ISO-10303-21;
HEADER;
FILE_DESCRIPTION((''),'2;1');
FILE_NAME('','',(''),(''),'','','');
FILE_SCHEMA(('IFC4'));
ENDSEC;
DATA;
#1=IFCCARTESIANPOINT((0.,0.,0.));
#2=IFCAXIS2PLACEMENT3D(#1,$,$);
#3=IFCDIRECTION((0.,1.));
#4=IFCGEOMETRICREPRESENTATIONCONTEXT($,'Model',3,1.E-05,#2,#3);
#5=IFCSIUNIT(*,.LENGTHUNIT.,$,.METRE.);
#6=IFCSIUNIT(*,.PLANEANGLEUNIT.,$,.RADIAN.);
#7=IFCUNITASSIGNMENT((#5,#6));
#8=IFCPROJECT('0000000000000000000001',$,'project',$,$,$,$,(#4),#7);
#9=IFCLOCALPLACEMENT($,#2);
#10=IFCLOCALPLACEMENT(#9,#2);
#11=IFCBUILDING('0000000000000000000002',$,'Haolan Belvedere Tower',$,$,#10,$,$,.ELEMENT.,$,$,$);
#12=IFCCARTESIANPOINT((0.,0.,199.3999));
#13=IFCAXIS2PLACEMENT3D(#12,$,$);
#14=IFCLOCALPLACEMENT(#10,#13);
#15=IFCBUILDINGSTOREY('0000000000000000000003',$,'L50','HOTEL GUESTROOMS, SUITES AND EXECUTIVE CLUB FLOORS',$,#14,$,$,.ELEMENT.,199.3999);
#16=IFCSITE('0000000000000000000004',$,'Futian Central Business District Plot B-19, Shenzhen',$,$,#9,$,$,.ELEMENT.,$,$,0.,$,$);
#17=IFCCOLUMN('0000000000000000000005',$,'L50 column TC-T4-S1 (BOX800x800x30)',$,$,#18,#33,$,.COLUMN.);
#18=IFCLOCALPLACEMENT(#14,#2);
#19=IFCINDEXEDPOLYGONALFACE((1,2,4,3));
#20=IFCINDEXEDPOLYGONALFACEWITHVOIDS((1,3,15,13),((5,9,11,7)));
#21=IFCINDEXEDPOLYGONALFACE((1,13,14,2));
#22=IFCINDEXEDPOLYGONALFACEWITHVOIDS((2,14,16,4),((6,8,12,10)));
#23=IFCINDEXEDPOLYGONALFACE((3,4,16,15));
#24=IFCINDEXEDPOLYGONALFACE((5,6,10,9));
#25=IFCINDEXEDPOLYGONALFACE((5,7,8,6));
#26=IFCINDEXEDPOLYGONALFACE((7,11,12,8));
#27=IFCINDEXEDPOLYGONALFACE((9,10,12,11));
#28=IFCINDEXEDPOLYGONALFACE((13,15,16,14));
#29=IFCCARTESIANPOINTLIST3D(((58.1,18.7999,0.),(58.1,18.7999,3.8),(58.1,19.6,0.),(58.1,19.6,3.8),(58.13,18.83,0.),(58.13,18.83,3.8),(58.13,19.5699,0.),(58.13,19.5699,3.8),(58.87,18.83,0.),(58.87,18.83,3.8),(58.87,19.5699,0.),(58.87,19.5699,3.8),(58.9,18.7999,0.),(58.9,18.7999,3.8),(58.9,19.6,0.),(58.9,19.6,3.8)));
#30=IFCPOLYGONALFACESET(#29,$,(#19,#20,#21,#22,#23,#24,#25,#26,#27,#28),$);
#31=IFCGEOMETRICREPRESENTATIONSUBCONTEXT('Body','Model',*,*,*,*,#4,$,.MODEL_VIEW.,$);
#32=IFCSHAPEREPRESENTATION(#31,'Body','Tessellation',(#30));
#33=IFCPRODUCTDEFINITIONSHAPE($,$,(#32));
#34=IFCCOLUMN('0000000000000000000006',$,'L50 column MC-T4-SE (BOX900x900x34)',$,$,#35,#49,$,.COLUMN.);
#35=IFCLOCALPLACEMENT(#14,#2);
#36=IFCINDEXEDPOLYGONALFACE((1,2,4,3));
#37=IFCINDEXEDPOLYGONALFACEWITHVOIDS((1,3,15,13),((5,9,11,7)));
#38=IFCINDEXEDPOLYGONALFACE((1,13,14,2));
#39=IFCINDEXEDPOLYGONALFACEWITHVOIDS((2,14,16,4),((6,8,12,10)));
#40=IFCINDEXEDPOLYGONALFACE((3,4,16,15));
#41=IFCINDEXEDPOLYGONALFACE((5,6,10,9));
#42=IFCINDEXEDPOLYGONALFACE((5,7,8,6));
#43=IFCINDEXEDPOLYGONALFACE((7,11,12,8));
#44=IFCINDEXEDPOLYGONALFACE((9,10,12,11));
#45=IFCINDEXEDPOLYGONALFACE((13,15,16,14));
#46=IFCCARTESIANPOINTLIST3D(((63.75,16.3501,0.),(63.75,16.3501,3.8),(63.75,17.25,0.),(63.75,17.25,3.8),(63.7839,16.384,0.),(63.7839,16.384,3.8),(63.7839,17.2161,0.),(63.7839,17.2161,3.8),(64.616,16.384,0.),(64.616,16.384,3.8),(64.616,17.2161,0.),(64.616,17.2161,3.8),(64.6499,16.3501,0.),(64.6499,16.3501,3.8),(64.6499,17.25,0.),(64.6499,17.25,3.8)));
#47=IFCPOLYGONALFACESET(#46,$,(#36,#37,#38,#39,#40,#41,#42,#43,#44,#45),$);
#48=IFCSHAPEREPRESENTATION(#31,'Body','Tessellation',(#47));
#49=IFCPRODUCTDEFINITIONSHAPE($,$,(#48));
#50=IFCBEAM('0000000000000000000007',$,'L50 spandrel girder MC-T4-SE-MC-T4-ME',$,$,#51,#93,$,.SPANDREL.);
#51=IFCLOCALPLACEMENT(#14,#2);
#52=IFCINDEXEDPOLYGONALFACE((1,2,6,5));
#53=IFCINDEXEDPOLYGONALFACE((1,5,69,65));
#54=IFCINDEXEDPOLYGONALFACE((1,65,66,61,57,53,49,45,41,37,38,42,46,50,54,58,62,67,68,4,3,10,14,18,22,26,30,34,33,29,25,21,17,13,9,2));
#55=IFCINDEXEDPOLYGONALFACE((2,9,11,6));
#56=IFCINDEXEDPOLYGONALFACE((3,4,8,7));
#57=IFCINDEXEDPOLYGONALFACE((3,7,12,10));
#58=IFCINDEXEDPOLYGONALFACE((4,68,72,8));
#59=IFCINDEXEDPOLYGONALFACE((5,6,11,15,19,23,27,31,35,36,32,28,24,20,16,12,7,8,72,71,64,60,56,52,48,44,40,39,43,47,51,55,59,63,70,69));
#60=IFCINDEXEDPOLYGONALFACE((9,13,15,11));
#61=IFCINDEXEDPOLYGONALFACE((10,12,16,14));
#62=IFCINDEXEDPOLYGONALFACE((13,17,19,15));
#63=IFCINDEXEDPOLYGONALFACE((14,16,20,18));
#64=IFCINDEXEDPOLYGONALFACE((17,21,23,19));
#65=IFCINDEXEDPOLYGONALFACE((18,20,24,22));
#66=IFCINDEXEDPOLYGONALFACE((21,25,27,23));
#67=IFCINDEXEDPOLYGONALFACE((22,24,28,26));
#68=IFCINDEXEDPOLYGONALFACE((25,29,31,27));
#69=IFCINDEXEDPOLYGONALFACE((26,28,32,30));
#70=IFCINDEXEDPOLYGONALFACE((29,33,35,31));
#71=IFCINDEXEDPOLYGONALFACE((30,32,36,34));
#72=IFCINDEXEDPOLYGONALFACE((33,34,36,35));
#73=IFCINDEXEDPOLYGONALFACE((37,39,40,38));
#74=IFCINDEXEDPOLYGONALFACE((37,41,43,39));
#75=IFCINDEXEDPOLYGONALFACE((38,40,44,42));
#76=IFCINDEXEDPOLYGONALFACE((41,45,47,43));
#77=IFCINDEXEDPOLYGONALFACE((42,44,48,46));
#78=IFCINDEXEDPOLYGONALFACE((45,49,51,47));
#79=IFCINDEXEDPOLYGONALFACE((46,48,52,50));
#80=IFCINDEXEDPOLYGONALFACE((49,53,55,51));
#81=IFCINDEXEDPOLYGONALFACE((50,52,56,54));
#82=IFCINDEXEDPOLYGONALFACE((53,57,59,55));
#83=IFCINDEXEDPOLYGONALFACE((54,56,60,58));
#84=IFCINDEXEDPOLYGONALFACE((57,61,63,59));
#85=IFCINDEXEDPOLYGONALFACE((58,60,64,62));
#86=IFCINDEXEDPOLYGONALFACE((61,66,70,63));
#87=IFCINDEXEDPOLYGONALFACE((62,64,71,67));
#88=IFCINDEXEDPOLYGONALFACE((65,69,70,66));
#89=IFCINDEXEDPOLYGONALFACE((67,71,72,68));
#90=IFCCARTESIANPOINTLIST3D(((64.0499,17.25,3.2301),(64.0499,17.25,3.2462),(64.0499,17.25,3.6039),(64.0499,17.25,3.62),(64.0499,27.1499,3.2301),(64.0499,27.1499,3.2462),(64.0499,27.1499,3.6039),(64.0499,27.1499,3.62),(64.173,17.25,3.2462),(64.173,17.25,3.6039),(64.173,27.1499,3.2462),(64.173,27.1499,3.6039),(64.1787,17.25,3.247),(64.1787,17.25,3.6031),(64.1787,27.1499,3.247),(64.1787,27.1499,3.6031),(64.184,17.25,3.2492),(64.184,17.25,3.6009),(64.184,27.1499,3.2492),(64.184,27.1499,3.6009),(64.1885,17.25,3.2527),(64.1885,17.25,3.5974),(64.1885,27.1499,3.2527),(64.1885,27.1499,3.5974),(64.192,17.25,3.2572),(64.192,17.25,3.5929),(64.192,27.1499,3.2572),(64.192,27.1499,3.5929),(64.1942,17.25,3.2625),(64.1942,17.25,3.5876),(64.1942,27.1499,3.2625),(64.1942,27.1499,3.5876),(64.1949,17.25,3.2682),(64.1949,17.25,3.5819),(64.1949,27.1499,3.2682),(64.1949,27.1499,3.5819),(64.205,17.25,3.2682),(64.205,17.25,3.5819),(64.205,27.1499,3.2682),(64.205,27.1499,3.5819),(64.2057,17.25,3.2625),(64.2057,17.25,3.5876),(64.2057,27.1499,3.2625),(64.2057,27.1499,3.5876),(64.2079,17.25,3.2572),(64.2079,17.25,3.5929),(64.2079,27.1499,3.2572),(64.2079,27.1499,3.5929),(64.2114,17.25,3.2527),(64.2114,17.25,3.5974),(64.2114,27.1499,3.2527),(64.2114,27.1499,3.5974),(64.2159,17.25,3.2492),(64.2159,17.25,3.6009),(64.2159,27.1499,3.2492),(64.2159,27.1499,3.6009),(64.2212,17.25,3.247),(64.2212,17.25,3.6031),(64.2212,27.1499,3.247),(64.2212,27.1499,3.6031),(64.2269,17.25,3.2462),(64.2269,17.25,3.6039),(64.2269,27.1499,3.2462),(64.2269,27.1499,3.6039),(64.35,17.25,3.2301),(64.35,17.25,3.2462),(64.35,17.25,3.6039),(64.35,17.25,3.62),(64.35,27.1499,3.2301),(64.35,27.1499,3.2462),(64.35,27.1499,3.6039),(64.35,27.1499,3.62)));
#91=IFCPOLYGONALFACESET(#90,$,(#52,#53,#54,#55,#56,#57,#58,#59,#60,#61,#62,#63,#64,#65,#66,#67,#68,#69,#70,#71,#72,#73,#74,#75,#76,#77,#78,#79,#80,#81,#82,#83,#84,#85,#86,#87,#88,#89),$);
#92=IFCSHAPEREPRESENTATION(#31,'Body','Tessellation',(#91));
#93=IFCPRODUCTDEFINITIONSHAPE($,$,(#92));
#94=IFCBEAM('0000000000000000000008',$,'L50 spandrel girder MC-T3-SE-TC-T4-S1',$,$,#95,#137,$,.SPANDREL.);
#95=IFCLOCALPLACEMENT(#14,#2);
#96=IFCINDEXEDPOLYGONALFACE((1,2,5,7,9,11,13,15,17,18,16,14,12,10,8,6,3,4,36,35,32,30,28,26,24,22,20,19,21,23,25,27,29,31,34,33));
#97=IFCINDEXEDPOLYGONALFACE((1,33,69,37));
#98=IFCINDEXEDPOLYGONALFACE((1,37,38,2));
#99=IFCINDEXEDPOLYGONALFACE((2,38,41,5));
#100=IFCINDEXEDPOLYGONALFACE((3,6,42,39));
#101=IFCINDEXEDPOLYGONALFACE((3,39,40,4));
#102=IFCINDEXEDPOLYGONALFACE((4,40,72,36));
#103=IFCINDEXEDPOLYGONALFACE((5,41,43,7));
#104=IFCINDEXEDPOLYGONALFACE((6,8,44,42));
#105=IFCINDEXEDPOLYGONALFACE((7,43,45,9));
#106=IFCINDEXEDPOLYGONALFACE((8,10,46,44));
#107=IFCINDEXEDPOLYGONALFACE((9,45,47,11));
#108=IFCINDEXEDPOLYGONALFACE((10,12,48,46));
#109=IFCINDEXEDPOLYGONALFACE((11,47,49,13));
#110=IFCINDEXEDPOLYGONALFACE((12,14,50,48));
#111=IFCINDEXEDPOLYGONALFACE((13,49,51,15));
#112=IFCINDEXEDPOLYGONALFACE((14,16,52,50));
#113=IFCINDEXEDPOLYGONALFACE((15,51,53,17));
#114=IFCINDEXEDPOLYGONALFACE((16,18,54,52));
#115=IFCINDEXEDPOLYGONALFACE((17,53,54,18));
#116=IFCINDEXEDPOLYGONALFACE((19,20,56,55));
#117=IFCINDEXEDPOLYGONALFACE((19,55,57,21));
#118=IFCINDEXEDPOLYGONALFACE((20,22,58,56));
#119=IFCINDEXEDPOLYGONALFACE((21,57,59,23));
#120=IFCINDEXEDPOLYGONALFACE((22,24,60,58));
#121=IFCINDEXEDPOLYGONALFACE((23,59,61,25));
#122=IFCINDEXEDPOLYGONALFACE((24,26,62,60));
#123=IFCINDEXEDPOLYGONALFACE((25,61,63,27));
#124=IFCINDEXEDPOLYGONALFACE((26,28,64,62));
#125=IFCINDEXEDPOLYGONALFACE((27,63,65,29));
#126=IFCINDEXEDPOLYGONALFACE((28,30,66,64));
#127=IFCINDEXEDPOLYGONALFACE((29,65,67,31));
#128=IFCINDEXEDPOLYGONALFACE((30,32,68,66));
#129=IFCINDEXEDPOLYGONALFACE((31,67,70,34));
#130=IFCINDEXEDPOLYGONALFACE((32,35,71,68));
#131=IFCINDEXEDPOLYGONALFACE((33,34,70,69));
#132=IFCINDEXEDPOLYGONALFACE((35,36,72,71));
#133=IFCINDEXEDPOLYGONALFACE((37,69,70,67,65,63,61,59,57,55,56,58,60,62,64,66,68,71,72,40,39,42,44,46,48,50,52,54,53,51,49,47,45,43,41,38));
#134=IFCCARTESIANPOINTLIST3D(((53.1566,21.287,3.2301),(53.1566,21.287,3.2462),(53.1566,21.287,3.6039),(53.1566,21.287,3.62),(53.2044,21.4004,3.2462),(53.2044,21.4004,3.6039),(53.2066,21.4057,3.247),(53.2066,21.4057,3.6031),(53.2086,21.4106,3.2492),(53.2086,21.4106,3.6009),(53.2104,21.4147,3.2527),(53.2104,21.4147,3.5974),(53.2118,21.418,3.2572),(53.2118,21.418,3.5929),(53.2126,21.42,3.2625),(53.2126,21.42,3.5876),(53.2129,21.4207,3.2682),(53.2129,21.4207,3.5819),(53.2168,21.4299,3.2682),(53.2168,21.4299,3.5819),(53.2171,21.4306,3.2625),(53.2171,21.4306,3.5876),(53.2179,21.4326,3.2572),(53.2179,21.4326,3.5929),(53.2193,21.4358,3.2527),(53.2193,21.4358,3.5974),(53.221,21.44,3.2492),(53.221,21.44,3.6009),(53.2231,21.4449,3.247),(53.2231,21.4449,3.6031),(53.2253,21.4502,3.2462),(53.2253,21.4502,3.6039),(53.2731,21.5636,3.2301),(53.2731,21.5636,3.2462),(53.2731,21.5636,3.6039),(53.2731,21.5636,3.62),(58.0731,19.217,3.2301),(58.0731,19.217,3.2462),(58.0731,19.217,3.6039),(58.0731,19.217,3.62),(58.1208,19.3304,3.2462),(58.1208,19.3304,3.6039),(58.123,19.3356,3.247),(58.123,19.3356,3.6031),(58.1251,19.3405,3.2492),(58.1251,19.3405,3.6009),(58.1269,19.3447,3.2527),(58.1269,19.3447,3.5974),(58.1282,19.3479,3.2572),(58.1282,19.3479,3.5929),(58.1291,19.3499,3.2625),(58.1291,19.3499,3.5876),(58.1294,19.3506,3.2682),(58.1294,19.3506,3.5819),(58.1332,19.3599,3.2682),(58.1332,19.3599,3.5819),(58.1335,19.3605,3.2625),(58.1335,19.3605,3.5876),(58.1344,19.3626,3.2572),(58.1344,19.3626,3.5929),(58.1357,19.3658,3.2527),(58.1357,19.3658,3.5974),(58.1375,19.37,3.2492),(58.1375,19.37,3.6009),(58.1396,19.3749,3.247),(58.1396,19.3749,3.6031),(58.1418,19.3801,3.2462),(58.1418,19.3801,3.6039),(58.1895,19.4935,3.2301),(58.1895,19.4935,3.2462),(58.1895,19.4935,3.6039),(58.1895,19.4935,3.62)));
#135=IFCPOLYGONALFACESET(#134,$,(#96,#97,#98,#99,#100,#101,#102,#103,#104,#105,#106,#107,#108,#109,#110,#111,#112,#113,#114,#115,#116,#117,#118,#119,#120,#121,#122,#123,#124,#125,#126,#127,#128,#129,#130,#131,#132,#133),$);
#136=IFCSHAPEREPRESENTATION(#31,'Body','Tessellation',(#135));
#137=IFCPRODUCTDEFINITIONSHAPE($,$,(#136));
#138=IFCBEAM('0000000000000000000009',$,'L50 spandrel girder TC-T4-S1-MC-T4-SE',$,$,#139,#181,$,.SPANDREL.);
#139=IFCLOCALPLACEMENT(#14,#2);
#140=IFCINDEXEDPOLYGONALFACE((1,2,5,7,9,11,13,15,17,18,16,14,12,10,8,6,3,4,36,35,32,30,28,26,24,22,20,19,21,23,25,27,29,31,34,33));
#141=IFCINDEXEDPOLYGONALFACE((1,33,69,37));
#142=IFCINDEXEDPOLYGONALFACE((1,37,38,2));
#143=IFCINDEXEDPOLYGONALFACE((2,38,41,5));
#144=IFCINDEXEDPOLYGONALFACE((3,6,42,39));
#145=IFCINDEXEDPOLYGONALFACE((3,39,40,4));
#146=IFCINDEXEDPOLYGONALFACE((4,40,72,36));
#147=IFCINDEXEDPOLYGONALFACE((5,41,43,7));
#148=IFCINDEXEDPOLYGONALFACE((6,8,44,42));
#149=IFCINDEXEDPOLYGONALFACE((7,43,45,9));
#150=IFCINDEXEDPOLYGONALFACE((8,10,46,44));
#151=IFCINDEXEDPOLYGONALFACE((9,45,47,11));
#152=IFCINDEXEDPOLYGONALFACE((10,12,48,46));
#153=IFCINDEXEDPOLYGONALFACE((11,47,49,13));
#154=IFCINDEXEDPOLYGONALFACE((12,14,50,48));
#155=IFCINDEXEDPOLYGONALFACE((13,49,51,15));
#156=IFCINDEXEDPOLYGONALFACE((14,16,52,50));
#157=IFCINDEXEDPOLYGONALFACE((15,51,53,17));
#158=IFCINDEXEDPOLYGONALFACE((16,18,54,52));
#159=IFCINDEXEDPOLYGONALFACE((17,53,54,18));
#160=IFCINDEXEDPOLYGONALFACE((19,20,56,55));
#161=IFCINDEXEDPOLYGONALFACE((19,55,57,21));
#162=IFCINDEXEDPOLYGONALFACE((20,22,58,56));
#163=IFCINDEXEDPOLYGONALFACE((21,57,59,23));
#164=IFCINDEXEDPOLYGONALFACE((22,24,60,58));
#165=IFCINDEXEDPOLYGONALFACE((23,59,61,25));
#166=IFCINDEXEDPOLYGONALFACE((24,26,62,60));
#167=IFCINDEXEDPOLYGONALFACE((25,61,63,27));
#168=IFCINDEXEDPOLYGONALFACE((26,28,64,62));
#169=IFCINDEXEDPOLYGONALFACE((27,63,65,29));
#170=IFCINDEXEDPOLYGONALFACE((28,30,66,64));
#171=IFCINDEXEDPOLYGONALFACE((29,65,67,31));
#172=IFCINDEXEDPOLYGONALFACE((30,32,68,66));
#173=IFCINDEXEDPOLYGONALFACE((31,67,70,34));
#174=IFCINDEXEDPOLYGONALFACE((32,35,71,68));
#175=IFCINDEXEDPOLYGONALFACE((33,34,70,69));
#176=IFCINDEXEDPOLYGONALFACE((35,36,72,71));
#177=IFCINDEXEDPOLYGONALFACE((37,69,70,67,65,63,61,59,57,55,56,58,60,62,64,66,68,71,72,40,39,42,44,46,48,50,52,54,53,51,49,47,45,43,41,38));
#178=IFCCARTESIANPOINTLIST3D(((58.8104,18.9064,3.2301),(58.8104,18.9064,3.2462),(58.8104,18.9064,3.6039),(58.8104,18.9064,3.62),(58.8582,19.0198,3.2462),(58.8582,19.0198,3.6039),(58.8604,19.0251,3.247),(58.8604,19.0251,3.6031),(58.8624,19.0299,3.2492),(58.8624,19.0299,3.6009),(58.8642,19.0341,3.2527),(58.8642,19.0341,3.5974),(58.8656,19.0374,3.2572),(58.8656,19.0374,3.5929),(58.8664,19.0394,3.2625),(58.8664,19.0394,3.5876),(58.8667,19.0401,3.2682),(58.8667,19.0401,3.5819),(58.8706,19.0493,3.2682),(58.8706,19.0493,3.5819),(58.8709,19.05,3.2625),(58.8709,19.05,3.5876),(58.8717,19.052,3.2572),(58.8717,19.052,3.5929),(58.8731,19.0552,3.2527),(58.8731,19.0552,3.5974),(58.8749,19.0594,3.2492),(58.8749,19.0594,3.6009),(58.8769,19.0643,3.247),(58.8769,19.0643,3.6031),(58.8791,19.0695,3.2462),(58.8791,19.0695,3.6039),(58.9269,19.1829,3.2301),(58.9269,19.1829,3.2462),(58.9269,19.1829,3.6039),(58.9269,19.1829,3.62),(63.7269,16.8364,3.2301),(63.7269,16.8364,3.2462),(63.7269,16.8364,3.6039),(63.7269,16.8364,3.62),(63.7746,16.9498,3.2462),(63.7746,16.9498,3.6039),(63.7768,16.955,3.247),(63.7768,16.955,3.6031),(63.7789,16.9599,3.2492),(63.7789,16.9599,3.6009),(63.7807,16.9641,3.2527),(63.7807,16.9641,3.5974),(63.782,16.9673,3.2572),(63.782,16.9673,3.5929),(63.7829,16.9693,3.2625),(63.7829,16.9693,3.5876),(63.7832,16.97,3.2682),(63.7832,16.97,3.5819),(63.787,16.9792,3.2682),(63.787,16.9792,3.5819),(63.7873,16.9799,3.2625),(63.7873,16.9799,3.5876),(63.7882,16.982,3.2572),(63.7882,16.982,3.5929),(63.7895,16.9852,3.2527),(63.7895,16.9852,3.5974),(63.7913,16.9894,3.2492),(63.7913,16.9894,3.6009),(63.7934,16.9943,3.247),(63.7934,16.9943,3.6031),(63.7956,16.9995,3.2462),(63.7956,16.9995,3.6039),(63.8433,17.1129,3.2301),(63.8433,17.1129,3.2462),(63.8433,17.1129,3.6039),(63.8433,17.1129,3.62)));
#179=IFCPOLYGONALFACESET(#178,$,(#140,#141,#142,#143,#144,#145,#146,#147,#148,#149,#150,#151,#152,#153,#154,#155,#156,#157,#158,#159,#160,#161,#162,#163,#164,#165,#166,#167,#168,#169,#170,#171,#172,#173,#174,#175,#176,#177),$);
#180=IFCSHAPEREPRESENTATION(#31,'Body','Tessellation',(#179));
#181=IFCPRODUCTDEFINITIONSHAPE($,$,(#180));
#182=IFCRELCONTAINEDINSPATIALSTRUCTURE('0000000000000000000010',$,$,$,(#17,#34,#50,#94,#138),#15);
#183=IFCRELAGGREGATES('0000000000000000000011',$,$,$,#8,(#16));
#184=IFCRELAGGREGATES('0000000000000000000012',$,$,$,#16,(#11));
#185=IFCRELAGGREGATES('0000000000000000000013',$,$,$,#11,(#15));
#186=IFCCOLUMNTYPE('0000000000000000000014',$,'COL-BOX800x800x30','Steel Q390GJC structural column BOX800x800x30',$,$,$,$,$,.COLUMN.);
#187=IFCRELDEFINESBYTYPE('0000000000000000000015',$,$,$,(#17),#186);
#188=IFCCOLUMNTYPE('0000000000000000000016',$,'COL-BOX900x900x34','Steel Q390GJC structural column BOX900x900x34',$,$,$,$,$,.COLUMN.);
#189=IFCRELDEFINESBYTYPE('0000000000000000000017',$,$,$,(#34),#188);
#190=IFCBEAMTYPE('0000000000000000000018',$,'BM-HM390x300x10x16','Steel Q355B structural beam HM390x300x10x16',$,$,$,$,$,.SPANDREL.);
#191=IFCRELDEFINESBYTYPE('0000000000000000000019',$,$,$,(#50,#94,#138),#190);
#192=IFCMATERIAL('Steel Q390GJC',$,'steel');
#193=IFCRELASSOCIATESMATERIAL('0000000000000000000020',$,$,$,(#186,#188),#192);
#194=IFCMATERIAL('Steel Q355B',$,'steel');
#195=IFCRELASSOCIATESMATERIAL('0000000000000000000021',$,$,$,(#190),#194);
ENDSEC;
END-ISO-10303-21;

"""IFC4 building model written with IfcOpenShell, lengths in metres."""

from ifc_helpers import new_model, si_unit, direction, frame, origin, origin_2d, place, context, subcontext, project, spatial, hollow_rectangle, i_section, extrude, material, material_profile, profile_set, type_object, element, save


model = new_model("IFC4")

# Units and contexts
model_context = context("Model", 3, precision=1e-05, world=origin(), true_north=direction((0.0, 1.0)))
body_context = subcontext(model_context, "Body", "Model", "MODEL_VIEW")
ifc_project = project(units=[si_unit("LENGTHUNIT", "METRE"), si_unit("PLANEANGLEUNIT", "RADIAN")], contexts=[model_context])

# Site, building, storey
site_placement = place(None, origin())
site = spatial("IfcSite", under=ifc_project, at=site_placement, Name="Futian Central Business District Plot B-19, Shenzhen", CompositionType="ELEMENT", RefElevation=0.0)
building_placement = place(site_placement, origin())
building = spatial("IfcBuilding", under=site, at=building_placement, Name="Haolan Belvedere Tower", CompositionType="ELEMENT")
storey_placement = place(building_placement, frame((0.0, 0.0, 199.3999)))
storey = spatial("IfcBuildingStorey", under=building, at=storey_placement, Name="L50", Description="HOTEL GUESTROOMS, SUITES AND EXECUTIVE CLUB FLOORS", CompositionType="ELEMENT", Elevation=199.3999)

# Columns
ifc_material_1 = material(Name="Steel Q390GJC", Category="steel")
ifc_material_profile_1 = material_profile(ifc_material_1, hollow_rectangle(XDim=0.8, YDim=0.8, WallThickness=0.03, at=origin_2d()), Name="Steel Q390GJC")
ifc_profile_set_1 = profile_set([ifc_material_profile_1], Name="Steel Q390GJC")
column_type_1 = type_object("IfcColumnType", Name="COL-BOX800x800x30", Description="Steel Q390GJC structural column BOX800x800x30", PredefinedType="COLUMN", material=ifc_profile_set_1)
column_1_placement = place(storey_placement, frame((58.5, 19.2, 0.0), z_axis=(0.0, 0.0, 1.0), x_axis=(1.0, 0.0, 0.0)))
element("IfcColumn", 1, at=column_1_placement, inside=storey, type_object=column_type_1, Name="L50 column TC-T4-S1 (BOX800x800x30)", PredefinedType="COLUMN", context=body_context, shape_type="SweptSolid", body=[
    extrude(hollow_rectangle(XDim=0.8, YDim=0.8, WallThickness=0.03, at=origin_2d()), origin(), (0.0, 0.0, 1.0), 3.8),
])
ifc_material_profile_2 = material_profile(ifc_material_1, hollow_rectangle(XDim=0.8999, YDim=0.8999, WallThickness=0.0339, at=origin_2d()), Name="Steel Q390GJC")
ifc_profile_set_2 = profile_set([ifc_material_profile_2], Name="Steel Q390GJC")
column_type_2 = type_object("IfcColumnType", Name="COL-BOX900x900x34", Description="Steel Q390GJC structural column BOX900x900x34", PredefinedType="COLUMN", material=ifc_profile_set_2)
column_2_placement = place(storey_placement, frame((64.2, 16.8, 0.0), z_axis=(0.0, 0.0, 1.0), x_axis=(1.0, 0.0, 0.0)))
element("IfcColumn", 2, at=column_2_placement, inside=storey, type_object=column_type_2, Name="L50 column MC-T4-SE (BOX900x900x34)", PredefinedType="COLUMN", context=body_context, shape_type="SweptSolid", body=[
    extrude(hollow_rectangle(XDim=0.8999, YDim=0.8999, WallThickness=0.0339, at=origin_2d()), origin(), (0.0, 0.0, 1.0), 3.8),
])

# Beams
ifc_material_2 = material(Name="Steel Q355B", Category="steel")
ifc_material_profile_3 = material_profile(ifc_material_2, i_section(OverallWidth=0.3, OverallDepth=0.3899, WebThickness=0.01, FlangeThickness=0.0161, FilletRadius=0.022, at=origin_2d()), Name="Steel Q355B")
ifc_profile_set_3 = profile_set([ifc_material_profile_3], Name="Steel Q355B")
beam_type_1 = type_object("IfcBeamType", Name="BM-HM390x300x10x16", Description="Steel Q355B structural beam HM390x300x10x16", PredefinedType="SPANDREL", material=ifc_profile_set_3)
beam_1_placement = place(storey_placement, frame((64.2, 17.25, 3.425), z_axis=(0.0, 1.0, 0.0), x_axis=(-1.0, 0.0, 0.0)))
element("IfcBeam", 3, at=beam_1_placement, inside=storey, type_object=beam_type_1, Name="L50 spandrel girder MC-T4-SE-MC-T4-ME", PredefinedType="SPANDREL", context=body_context, shape_type="SweptSolid", body=[
    extrude(i_section(OverallWidth=0.3, OverallDepth=0.3899, WebThickness=0.01, FlangeThickness=0.0161, FilletRadius=0.022, at=origin_2d()), origin(), (0.0, 0.0, 1.0), 9.8999),
])
for number, where, z_axis, x_axis, name in (
    (4, (53.2148, 21.4253, 3.425), (0.921638, -0.388051, 0.0), (0.388051, 0.921638, 0.0), "L50 spandrel girder MC-T3-SE-TC-T4-S1"),
    (5, (58.8687, 19.0447, 3.425), (0.921638, -0.388051, 0.0), (0.388051, 0.921638, 0.0), "L50 spandrel girder TC-T4-S1-MC-T4-SE"),
):
    element("IfcBeam", number, at=place(storey_placement, frame(where, z_axis=z_axis, x_axis=x_axis)), inside=storey, type_object=beam_type_1, Name=name, PredefinedType="SPANDREL", context=body_context, shape_type="SweptSolid", body=[
        extrude(i_section(OverallWidth=0.3, OverallDepth=0.3899, WebThickness=0.01, FlangeThickness=0.0161, FilletRadius=0.022, at=origin_2d()), origin(), (0.0, 0.0, 1.0), 5.3345),
    ])

save(model, "model.ifc")
